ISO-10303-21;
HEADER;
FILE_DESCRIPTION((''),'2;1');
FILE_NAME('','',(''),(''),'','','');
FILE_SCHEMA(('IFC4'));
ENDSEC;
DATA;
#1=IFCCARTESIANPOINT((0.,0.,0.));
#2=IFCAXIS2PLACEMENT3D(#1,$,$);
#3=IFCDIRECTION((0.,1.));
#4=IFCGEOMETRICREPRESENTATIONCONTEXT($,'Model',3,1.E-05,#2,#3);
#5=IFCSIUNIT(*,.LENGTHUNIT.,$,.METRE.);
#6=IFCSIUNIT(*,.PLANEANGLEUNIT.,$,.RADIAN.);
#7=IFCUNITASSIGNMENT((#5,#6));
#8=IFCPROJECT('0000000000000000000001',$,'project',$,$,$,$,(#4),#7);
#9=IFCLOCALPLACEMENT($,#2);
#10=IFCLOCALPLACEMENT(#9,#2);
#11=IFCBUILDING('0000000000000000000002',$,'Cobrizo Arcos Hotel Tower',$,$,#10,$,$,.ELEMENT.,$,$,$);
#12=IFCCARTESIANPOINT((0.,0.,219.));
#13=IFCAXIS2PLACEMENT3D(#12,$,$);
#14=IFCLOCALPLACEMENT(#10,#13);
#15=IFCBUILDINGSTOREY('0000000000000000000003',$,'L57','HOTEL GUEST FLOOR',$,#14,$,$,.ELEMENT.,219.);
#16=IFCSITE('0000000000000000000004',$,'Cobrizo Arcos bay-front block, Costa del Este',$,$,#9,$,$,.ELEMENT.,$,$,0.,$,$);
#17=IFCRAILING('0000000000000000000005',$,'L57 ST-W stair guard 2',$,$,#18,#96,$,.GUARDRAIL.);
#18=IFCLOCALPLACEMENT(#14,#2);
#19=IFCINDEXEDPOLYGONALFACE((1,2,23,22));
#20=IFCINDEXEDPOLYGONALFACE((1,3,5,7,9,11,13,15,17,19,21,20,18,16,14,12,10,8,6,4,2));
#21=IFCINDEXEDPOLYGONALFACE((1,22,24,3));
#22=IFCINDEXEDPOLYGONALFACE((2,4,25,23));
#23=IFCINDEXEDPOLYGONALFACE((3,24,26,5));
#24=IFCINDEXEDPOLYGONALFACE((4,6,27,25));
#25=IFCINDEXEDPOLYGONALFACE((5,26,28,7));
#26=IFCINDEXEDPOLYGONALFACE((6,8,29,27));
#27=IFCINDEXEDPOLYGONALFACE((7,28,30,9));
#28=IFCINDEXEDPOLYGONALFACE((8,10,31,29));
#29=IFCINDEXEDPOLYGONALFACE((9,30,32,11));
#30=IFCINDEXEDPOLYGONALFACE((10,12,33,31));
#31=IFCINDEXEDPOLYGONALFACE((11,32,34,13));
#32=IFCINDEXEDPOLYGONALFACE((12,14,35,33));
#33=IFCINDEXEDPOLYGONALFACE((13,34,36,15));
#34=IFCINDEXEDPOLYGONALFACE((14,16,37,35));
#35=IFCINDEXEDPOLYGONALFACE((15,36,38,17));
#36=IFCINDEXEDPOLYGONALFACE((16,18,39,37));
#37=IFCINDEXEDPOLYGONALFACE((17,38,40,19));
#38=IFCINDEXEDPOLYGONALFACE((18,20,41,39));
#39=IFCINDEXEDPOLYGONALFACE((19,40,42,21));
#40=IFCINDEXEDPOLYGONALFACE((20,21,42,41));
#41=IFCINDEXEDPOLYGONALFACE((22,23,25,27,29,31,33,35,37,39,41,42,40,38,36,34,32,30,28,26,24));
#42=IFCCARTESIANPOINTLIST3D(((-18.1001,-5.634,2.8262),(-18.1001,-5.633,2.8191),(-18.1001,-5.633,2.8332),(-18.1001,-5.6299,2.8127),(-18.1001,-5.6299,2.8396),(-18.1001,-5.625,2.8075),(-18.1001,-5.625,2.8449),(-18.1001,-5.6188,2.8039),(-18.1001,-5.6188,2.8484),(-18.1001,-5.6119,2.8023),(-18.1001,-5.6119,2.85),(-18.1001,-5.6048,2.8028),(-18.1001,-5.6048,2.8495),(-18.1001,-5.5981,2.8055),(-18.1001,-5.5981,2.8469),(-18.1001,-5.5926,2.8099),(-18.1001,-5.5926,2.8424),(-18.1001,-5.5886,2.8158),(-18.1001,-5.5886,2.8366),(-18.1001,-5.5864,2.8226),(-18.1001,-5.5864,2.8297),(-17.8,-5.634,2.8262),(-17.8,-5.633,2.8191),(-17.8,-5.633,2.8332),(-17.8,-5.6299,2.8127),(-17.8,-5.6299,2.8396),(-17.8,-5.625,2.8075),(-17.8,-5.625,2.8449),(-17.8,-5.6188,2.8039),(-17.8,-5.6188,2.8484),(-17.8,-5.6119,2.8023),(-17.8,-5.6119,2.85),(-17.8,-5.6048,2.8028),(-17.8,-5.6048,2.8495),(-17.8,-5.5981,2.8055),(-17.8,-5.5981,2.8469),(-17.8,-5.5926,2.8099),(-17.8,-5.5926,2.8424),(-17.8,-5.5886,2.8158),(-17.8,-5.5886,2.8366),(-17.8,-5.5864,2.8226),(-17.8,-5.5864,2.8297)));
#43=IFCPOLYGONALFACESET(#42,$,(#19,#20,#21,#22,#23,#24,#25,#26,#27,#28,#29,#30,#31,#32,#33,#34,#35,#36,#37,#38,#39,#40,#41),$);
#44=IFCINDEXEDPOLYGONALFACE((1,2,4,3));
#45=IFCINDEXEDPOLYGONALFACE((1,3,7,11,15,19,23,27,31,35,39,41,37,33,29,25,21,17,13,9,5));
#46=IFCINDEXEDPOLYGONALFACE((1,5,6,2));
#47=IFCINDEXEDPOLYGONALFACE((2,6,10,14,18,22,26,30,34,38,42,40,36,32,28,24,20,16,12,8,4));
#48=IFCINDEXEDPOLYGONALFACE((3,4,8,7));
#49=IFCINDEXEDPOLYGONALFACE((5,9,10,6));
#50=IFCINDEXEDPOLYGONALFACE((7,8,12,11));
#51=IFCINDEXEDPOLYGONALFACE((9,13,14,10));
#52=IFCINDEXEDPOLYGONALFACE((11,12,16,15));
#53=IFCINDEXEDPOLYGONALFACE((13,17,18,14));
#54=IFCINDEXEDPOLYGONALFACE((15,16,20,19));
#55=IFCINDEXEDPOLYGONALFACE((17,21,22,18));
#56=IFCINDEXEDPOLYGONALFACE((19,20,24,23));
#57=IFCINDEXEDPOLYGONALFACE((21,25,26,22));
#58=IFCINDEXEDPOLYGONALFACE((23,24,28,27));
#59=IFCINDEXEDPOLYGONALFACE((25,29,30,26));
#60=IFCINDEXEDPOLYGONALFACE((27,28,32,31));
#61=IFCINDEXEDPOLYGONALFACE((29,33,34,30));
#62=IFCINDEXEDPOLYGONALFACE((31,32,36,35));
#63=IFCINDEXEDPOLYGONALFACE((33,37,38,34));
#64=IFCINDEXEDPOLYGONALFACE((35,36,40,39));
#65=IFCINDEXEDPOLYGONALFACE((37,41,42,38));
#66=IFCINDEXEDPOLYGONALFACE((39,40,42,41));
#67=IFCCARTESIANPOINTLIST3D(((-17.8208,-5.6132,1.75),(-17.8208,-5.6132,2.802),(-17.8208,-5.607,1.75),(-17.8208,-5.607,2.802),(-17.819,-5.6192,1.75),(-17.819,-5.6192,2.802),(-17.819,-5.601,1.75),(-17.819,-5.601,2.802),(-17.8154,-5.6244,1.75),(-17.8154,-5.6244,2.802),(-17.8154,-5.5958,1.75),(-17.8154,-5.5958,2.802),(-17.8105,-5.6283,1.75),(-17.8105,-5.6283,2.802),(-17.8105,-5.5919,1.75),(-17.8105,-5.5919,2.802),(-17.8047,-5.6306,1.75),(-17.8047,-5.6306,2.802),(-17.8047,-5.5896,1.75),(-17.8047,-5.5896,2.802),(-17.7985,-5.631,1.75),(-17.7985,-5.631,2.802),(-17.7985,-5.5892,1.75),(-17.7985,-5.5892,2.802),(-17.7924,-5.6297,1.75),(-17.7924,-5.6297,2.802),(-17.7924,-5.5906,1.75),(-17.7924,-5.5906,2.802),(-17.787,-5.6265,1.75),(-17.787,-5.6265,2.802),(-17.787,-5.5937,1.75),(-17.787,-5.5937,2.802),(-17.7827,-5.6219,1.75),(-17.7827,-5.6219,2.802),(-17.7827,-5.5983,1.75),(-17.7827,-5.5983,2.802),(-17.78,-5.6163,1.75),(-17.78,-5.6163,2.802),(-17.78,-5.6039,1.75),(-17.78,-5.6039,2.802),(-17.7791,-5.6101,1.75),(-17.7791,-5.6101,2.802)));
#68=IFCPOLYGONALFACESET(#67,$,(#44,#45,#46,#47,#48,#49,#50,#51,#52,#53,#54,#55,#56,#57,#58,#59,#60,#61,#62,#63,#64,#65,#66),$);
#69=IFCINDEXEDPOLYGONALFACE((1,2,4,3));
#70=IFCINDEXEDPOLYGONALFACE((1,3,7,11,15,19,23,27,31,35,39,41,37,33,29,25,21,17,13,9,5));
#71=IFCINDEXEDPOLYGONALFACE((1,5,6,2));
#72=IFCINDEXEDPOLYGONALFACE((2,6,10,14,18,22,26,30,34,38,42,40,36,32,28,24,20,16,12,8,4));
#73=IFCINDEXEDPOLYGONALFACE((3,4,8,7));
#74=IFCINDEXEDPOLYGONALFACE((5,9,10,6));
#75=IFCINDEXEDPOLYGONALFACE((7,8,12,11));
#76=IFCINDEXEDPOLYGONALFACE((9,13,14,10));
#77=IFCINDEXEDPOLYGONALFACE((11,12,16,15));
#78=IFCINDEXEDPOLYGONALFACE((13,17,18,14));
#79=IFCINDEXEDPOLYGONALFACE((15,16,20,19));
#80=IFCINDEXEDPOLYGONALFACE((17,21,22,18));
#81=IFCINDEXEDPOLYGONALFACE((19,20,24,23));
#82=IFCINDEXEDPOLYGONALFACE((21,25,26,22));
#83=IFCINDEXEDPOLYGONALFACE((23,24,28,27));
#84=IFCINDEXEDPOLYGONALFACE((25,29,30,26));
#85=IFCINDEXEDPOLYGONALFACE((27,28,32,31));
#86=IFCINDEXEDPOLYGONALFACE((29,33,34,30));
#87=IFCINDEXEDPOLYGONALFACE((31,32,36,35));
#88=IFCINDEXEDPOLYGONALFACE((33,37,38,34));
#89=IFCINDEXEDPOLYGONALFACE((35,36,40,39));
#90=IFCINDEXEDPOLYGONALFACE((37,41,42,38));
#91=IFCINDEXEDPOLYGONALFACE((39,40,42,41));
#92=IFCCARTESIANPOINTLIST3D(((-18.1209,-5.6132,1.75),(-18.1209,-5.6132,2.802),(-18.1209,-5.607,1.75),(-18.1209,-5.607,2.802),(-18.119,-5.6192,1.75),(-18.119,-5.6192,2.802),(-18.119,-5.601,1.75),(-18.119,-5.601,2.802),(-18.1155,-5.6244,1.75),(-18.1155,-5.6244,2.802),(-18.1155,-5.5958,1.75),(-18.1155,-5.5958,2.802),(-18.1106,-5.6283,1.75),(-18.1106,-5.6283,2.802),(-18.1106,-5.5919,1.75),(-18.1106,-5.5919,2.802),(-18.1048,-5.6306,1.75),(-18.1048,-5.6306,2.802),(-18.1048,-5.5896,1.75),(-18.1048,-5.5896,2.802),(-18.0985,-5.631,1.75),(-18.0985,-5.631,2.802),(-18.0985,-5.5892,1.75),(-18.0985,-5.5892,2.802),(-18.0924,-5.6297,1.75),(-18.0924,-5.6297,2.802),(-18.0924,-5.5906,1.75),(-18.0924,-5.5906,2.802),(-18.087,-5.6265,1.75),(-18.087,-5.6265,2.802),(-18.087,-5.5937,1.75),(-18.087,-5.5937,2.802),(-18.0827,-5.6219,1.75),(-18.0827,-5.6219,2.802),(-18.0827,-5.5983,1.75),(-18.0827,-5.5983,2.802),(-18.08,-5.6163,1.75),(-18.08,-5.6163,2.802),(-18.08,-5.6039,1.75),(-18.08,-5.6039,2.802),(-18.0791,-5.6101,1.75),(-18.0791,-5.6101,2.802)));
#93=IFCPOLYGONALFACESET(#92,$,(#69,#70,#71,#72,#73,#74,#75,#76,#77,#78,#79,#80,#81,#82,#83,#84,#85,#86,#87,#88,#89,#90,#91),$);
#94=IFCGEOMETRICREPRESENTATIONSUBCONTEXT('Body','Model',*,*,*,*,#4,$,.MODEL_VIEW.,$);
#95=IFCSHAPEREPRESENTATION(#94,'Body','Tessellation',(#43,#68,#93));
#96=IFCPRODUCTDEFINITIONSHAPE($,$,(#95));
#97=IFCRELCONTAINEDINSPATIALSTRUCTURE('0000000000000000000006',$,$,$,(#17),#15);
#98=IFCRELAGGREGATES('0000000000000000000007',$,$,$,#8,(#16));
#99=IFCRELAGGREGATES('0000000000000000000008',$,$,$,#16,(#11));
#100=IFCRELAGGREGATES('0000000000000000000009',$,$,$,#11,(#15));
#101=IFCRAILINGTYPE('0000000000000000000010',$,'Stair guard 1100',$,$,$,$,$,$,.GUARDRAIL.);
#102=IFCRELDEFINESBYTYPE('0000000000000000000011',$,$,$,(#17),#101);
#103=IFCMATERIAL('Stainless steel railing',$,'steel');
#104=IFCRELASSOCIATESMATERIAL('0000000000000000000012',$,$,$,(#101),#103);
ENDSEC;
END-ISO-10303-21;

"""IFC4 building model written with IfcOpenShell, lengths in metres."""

from ifc_helpers import new_model, si_unit, direction, frame, origin, origin_2d, place, context, subcontext, project, spatial, circle, extrude, material, type_object, element, save


model = new_model("IFC4")

# Units and contexts
model_context = context("Model", 3, precision=1e-05, world=origin(), true_north=direction((0.0, 1.0)))
body_context = subcontext(model_context, "Body", "Model", "MODEL_VIEW")
ifc_project = project(units=[si_unit("LENGTHUNIT", "METRE"), si_unit("PLANEANGLEUNIT", "RADIAN")], contexts=[model_context])

# Site, building, storey
site_placement = place(None, origin())
site = spatial("IfcSite", under=ifc_project, at=site_placement, Name="Cobrizo Arcos bay-front block, Costa del Este", CompositionType="ELEMENT", RefElevation=0.0)
building_placement = place(site_placement, origin())
building = spatial("IfcBuilding", under=site, at=building_placement, Name="Cobrizo Arcos Hotel Tower", CompositionType="ELEMENT")
storey_placement = place(building_placement, frame((0.0, 0.0, 219.0)))
storey = spatial("IfcBuildingStorey", under=building, at=storey_placement, Name="L57", Description="HOTEL GUEST FLOOR", CompositionType="ELEMENT", Elevation=219.0)

# Railing
ifc_material_1 = material(Name="Stainless steel railing", Category="steel")
railing_type_1 = type_object("IfcRailingType", Name="Stair guard 1100", PredefinedType="GUARDRAIL", material=ifc_material_1)
railing_1_placement = place(storey_placement, frame((-17.8, -5.6101, 1.75)))
element("IfcRailing", 1, at=railing_1_placement, inside=storey, type_object=railing_type_1, Name="L57 ST-W stair guard 2", PredefinedType="GUARDRAIL", context=body_context, shape_type="SweptSolid", body=[
    extrude(circle(Radius=0.0239, at=origin_2d()), frame((0.0, 0.0, 1.0762), z_axis=(-1.0, 0.0, 0.0), x_axis=(0.0, -1.0, 0.0)), (0.0, 0.0, 1.0), 0.3),
    extrude(circle(Radius=0.021, at=origin_2d()), origin(), (0.0, 0.0, 1.0), 1.052),
    extrude(circle(Radius=0.021, at=origin_2d()), frame((-0.3, 0.0, 0.0)), (0.0, 0.0, 1.0), 1.052),
])

save(model, "model.ifc")
